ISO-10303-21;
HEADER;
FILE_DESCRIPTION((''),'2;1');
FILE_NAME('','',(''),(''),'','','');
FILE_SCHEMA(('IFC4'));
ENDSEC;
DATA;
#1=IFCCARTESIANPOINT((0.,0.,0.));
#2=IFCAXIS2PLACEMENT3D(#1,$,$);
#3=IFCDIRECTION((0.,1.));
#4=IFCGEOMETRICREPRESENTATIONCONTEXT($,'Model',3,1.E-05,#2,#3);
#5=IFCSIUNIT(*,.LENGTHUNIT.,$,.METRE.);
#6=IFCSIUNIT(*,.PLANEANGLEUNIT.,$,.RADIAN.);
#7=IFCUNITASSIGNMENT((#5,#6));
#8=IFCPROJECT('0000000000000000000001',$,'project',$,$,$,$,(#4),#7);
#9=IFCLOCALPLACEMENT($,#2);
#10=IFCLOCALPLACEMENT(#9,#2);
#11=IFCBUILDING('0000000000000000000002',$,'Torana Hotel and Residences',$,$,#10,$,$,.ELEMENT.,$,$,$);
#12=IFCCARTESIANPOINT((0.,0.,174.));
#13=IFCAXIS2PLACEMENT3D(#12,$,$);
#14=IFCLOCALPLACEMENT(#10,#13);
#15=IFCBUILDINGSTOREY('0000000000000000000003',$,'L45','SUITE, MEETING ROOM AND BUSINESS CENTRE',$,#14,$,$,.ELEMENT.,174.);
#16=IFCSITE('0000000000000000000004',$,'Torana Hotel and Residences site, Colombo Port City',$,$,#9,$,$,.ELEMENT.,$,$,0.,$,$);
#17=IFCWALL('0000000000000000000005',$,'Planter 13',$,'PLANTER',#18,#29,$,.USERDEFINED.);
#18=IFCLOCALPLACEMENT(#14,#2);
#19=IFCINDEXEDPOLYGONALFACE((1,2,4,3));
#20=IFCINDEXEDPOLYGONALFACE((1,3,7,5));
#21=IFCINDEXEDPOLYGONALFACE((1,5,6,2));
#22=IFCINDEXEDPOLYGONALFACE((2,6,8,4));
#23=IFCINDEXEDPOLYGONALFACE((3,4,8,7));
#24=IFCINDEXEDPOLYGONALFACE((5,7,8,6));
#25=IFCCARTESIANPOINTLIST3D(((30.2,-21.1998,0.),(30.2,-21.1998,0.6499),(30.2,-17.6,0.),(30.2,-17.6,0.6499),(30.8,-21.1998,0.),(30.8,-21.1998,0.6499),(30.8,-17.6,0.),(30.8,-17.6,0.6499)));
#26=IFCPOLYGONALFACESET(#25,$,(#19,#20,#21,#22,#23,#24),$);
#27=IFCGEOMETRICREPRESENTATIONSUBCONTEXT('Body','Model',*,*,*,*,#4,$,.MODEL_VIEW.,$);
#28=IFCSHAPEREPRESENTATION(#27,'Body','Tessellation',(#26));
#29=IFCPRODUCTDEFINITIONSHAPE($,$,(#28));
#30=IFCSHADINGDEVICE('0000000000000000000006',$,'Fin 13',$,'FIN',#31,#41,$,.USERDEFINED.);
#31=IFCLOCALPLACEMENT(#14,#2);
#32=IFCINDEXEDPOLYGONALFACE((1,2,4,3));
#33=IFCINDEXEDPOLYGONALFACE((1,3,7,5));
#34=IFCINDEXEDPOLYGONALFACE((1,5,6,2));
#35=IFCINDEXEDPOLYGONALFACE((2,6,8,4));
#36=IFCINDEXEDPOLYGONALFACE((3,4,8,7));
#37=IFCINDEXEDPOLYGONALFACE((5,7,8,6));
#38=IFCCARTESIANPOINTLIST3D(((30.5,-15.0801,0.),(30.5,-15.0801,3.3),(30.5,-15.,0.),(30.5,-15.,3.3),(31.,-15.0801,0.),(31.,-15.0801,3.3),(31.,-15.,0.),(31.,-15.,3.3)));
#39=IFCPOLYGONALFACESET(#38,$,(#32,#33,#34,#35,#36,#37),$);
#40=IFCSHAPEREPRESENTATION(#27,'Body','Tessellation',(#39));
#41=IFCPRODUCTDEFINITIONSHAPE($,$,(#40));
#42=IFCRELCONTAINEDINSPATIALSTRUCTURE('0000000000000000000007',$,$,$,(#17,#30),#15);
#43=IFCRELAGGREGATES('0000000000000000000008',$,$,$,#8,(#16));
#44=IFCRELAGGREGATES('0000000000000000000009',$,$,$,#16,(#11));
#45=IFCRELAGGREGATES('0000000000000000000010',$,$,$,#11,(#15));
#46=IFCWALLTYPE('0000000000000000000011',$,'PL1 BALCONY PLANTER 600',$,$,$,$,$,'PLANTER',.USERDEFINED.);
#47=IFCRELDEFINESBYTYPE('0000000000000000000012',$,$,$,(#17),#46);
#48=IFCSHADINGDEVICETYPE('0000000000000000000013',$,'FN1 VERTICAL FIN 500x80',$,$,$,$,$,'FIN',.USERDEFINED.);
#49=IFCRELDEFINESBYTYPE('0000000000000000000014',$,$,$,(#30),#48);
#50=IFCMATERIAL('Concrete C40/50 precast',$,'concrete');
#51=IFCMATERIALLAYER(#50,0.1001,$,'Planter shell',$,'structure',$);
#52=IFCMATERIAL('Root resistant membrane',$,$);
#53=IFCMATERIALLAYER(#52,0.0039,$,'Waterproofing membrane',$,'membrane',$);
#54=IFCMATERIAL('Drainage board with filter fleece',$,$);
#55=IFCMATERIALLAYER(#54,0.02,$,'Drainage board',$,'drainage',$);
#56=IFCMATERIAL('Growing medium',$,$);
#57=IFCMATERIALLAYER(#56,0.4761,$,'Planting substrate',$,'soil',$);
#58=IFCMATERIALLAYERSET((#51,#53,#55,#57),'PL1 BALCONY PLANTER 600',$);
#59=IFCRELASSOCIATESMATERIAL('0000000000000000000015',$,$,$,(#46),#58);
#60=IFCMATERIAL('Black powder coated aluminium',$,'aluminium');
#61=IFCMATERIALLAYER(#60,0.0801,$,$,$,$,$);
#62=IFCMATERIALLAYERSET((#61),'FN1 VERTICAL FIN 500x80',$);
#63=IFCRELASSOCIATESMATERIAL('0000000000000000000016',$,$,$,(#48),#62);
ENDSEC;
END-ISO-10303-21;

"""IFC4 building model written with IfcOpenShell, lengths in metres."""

from ifc_helpers import new_model, si_unit, direction, frame, frame_2d, origin, origin_2d, place, context, subcontext, project, spatial, rectangle, extrude, material, layer, layer_set, type_object, element, save


model = new_model("IFC4")

# Units and contexts
model_context = context("Model", 3, precision=1e-05, world=origin(), true_north=direction((0.0, 1.0)))
body_context = subcontext(model_context, "Body", "Model", "MODEL_VIEW")
ifc_project = project(units=[si_unit("LENGTHUNIT", "METRE"), si_unit("PLANEANGLEUNIT", "RADIAN")], contexts=[model_context])

# Site, building, storey
site_placement = place(None, origin())
site = spatial("IfcSite", under=ifc_project, at=site_placement, Name="Torana Hotel and Residences site, Colombo Port City", CompositionType="ELEMENT", RefElevation=0.0)
building_placement = place(site_placement, origin())
building = spatial("IfcBuilding", under=site, at=building_placement, Name="Torana Hotel and Residences", CompositionType="ELEMENT")
storey_placement = place(building_placement, frame((0.0, 0.0, 174.0)))
storey = spatial("IfcBuildingStorey", under=building, at=storey_placement, Name="L45", Description="SUITE, MEETING ROOM AND BUSINESS CENTRE", CompositionType="ELEMENT", Elevation=174.0)

# Wall
ifc_material_1 = material(Name="Concrete C40/50 precast", Category="concrete")
ifc_layer_1 = layer(ifc_material_1, 0.1001, Name="Planter shell", Category="structure")
ifc_material_2 = material(Name="Root resistant membrane")
ifc_layer_2 = layer(ifc_material_2, 0.0039, Name="Waterproofing membrane", Category="membrane")
ifc_material_3 = material(Name="Drainage board with filter fleece")
ifc_layer_3 = layer(ifc_material_3, 0.02, Name="Drainage board", Category="drainage")
ifc_material_4 = material(Name="Growing medium")
ifc_layer_4 = layer(ifc_material_4, 0.4761, Name="Planting substrate", Category="soil")
ifc_layer_set_1 = layer_set([ifc_layer_1, ifc_layer_2, ifc_layer_3, ifc_layer_4], Name="PL1 BALCONY PLANTER 600")
wall_type_1 = type_object("IfcWallType", Name="PL1 BALCONY PLANTER 600", ElementType="PLANTER", PredefinedType="USERDEFINED", material=ifc_layer_set_1)
wall_1_placement = place(storey_placement, frame((30.5, -17.6001, 0.0), z_axis=(0.0, 0.0, 1.0), x_axis=(0.0, -1.0, 0.0)))
element("IfcWall", 1, at=wall_1_placement, inside=storey, type_object=wall_type_1, Name="Planter 13", ObjectType="PLANTER", PredefinedType="USERDEFINED", context=body_context, shape_type="SweptSolid", body=[
    extrude(rectangle(XDim=3.5999, YDim=0.6001, at=frame_2d((1.7998, 0.0))), origin(), (0.0, 0.0, 1.0), 0.6499),
])

# Shading device
ifc_material_5 = material(Name="Black powder coated aluminium", Category="aluminium")
ifc_layer_5 = layer(ifc_material_5, 0.0801)
ifc_layer_set_2 = layer_set([ifc_layer_5], Name="FN1 VERTICAL FIN 500x80")
shading_device_type = type_object("IfcShadingDeviceType", Name="FN1 VERTICAL FIN 500x80", ElementType="FIN", PredefinedType="USERDEFINED", material=ifc_layer_set_2)
shading_device_placement = place(storey_placement, frame((30.75, -15.04, 0.0), z_axis=(0.0, 0.0, 1.0), x_axis=(0.0, -1.0, 0.0)))
element("IfcShadingDevice", 2, at=shading_device_placement, inside=storey, type_object=shading_device_type, Name="Fin 13", ObjectType="FIN", PredefinedType="USERDEFINED", context=body_context, shape_type="SweptSolid", body=[
    extrude(rectangle(XDim=0.0801, YDim=0.5, at=origin_2d()), origin(), (0.0, 0.0, 1.0), 3.3),
])

save(model, "model.ifc")
